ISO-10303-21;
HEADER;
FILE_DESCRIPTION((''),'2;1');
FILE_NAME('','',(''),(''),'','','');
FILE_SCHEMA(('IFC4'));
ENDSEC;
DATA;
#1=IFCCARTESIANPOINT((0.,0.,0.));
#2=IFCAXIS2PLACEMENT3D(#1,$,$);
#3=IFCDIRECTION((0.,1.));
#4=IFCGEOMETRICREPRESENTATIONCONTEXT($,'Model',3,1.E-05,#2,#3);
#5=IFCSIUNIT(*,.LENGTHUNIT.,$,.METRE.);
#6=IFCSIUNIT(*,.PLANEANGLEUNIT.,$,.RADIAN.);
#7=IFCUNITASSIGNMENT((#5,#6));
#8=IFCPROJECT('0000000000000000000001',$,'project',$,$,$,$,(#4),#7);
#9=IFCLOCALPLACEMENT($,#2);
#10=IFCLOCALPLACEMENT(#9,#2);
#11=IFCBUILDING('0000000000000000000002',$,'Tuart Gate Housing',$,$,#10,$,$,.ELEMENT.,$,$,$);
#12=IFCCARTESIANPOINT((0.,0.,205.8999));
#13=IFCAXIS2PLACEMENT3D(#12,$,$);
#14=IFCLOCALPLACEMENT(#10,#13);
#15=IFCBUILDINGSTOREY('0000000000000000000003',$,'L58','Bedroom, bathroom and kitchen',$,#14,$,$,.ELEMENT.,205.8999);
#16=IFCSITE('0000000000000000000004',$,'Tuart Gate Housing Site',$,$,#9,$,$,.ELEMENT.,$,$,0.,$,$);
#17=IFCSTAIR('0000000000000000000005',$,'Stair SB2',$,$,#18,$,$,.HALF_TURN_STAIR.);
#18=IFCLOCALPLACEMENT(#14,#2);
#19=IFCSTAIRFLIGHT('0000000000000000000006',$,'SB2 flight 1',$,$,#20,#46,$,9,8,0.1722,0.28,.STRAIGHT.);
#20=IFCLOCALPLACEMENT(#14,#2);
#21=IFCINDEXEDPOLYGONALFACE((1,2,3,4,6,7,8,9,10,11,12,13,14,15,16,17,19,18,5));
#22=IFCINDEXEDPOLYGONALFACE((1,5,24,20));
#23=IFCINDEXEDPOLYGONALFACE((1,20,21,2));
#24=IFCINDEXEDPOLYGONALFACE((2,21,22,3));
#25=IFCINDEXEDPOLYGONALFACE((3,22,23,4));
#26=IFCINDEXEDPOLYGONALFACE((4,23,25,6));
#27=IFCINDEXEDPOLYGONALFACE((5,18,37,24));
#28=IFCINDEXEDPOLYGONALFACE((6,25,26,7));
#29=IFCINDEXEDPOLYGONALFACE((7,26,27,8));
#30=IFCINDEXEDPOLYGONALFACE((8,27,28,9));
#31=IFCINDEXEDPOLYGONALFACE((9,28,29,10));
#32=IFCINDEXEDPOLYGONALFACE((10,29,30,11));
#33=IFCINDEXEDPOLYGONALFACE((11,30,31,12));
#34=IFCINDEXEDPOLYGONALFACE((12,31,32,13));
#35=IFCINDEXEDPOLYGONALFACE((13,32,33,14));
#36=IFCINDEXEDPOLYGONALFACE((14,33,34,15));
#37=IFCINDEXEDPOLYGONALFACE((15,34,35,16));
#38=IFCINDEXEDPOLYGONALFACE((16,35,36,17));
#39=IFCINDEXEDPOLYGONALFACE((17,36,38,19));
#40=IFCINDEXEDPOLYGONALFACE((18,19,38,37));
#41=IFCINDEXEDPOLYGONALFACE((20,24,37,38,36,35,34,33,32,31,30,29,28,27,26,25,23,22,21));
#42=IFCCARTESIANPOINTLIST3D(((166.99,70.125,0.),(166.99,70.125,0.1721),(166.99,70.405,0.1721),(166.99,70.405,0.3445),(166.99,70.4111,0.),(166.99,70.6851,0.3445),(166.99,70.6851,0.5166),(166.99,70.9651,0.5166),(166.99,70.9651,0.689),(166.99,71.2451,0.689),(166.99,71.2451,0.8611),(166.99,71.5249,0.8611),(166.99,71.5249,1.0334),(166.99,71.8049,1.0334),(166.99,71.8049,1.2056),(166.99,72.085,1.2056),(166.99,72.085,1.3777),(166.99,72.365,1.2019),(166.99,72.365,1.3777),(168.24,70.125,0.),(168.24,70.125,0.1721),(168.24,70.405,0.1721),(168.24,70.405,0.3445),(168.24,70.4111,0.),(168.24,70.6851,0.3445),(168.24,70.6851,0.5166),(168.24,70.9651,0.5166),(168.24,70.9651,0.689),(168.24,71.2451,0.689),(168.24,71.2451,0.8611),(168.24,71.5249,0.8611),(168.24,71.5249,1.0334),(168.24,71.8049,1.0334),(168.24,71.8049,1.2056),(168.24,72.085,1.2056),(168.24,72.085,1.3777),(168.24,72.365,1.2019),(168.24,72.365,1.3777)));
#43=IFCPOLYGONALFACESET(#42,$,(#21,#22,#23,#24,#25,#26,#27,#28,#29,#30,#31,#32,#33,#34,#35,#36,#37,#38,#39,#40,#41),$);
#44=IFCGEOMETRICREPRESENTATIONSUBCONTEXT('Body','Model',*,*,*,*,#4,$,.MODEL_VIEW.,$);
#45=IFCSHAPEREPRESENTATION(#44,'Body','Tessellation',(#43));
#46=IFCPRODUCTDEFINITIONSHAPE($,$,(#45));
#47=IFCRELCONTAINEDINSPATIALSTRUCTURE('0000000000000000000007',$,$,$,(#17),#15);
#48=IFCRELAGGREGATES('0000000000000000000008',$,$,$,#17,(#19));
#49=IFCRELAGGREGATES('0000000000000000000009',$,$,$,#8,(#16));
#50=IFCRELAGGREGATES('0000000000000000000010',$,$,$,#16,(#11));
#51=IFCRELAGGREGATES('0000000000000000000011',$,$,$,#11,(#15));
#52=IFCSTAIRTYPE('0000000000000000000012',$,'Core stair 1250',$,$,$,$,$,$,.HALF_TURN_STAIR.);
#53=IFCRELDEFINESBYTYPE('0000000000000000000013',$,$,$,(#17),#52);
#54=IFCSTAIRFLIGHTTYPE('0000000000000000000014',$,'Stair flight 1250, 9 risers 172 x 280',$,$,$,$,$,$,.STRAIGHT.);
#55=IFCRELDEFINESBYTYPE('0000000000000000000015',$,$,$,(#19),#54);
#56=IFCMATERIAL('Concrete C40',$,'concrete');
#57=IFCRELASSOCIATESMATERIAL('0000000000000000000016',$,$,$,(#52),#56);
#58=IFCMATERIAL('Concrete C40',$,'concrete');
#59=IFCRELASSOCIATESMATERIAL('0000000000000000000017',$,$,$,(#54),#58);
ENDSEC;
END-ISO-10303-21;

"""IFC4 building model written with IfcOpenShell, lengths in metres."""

from ifc_helpers import new_model, si_unit, direction, frame, origin, place, context, subcontext, project, spatial, polyline, outline, extrude, material, type_object, element, aggregate, save


model = new_model("IFC4")

# Units and contexts
model_context = context("Model", 3, precision=1e-05, world=origin(), true_north=direction((0.0, 1.0)))
body_context = subcontext(model_context, "Body", "Model", "MODEL_VIEW")
ifc_project = project(units=[si_unit("LENGTHUNIT", "METRE"), si_unit("PLANEANGLEUNIT", "RADIAN")], contexts=[model_context])

# Site, building, storey
site_placement = place(None, origin())
site = spatial("IfcSite", under=ifc_project, at=site_placement, Name="Tuart Gate Housing Site", CompositionType="ELEMENT", RefElevation=0.0)
building_placement = place(site_placement, origin())
building = spatial("IfcBuilding", under=site, at=building_placement, Name="Tuart Gate Housing", CompositionType="ELEMENT")
storey_placement = place(building_placement, frame((0.0, 0.0, 205.8999)))
storey = spatial("IfcBuildingStorey", under=building, at=storey_placement, Name="L58", Description="Bedroom, bathroom and kitchen", CompositionType="ELEMENT", Elevation=205.8999)

# Stair, stair flight
ifc_material_1 = material(Name="Concrete C40", Category="concrete")
stair_type = type_object("IfcStairType", Name="Core stair 1250", PredefinedType="HALF_TURN_STAIR", material=ifc_material_1)
stair_placement = place(storey_placement, origin())
stair = element("IfcStair", 1, at=stair_placement, inside=storey, type_object=stair_type, Name="Stair SB2", PredefinedType="HALF_TURN_STAIR")
ifc_material_2 = material(Name="Concrete C40", Category="concrete")
stair_flight_type = type_object("IfcStairFlightType", Name="Stair flight 1250, 9 risers 172 x 280", PredefinedType="STRAIGHT", material=ifc_material_2)
stair_flight_placement = place(storey_placement, frame((167.615, 70.125, 0.0), z_axis=(0.0, 0.0, 1.0), x_axis=(0.0, 1.0, 0.0)))
stair_flight = element("IfcStairFlight", 2, at=stair_flight_placement, type_object=stair_flight_type, Name="SB2 flight 1", NumberOfRisers=9, NumberOfTreads=8, PredefinedType="STRAIGHT", RiserHeight=0.1722, TreadLength=0.28, context=body_context, shape_type="SweptSolid", body=[
    extrude(outline(polyline([(0.0, 0.0), (0.0, 0.1721), (0.28, 0.1721), (0.28, 0.3445), (0.5601, 0.3445), (0.5601, 0.5166), (0.8401, 0.5166), (0.8401, 0.689), (1.1201, 0.689), (1.1201, 0.8611), (1.3999, 0.8611), (1.3999, 1.0334), (1.6799, 1.0334), (1.6799, 1.2056), (1.96, 1.2056), (1.96, 1.3777), (2.24, 1.3777), (2.24, 1.55), (2.24, 1.2019), (0.2861, 0.0), (0.0, 0.0)])), frame((0.0, 0.625, 0.0), z_axis=(0.0, -1.0, 0.0), x_axis=(1.0, 0.0, 0.0)), (0.0, 0.0, 1.0), 1.25),
])
aggregate(stair, [stair_flight])

save(model, "model.ifc")
